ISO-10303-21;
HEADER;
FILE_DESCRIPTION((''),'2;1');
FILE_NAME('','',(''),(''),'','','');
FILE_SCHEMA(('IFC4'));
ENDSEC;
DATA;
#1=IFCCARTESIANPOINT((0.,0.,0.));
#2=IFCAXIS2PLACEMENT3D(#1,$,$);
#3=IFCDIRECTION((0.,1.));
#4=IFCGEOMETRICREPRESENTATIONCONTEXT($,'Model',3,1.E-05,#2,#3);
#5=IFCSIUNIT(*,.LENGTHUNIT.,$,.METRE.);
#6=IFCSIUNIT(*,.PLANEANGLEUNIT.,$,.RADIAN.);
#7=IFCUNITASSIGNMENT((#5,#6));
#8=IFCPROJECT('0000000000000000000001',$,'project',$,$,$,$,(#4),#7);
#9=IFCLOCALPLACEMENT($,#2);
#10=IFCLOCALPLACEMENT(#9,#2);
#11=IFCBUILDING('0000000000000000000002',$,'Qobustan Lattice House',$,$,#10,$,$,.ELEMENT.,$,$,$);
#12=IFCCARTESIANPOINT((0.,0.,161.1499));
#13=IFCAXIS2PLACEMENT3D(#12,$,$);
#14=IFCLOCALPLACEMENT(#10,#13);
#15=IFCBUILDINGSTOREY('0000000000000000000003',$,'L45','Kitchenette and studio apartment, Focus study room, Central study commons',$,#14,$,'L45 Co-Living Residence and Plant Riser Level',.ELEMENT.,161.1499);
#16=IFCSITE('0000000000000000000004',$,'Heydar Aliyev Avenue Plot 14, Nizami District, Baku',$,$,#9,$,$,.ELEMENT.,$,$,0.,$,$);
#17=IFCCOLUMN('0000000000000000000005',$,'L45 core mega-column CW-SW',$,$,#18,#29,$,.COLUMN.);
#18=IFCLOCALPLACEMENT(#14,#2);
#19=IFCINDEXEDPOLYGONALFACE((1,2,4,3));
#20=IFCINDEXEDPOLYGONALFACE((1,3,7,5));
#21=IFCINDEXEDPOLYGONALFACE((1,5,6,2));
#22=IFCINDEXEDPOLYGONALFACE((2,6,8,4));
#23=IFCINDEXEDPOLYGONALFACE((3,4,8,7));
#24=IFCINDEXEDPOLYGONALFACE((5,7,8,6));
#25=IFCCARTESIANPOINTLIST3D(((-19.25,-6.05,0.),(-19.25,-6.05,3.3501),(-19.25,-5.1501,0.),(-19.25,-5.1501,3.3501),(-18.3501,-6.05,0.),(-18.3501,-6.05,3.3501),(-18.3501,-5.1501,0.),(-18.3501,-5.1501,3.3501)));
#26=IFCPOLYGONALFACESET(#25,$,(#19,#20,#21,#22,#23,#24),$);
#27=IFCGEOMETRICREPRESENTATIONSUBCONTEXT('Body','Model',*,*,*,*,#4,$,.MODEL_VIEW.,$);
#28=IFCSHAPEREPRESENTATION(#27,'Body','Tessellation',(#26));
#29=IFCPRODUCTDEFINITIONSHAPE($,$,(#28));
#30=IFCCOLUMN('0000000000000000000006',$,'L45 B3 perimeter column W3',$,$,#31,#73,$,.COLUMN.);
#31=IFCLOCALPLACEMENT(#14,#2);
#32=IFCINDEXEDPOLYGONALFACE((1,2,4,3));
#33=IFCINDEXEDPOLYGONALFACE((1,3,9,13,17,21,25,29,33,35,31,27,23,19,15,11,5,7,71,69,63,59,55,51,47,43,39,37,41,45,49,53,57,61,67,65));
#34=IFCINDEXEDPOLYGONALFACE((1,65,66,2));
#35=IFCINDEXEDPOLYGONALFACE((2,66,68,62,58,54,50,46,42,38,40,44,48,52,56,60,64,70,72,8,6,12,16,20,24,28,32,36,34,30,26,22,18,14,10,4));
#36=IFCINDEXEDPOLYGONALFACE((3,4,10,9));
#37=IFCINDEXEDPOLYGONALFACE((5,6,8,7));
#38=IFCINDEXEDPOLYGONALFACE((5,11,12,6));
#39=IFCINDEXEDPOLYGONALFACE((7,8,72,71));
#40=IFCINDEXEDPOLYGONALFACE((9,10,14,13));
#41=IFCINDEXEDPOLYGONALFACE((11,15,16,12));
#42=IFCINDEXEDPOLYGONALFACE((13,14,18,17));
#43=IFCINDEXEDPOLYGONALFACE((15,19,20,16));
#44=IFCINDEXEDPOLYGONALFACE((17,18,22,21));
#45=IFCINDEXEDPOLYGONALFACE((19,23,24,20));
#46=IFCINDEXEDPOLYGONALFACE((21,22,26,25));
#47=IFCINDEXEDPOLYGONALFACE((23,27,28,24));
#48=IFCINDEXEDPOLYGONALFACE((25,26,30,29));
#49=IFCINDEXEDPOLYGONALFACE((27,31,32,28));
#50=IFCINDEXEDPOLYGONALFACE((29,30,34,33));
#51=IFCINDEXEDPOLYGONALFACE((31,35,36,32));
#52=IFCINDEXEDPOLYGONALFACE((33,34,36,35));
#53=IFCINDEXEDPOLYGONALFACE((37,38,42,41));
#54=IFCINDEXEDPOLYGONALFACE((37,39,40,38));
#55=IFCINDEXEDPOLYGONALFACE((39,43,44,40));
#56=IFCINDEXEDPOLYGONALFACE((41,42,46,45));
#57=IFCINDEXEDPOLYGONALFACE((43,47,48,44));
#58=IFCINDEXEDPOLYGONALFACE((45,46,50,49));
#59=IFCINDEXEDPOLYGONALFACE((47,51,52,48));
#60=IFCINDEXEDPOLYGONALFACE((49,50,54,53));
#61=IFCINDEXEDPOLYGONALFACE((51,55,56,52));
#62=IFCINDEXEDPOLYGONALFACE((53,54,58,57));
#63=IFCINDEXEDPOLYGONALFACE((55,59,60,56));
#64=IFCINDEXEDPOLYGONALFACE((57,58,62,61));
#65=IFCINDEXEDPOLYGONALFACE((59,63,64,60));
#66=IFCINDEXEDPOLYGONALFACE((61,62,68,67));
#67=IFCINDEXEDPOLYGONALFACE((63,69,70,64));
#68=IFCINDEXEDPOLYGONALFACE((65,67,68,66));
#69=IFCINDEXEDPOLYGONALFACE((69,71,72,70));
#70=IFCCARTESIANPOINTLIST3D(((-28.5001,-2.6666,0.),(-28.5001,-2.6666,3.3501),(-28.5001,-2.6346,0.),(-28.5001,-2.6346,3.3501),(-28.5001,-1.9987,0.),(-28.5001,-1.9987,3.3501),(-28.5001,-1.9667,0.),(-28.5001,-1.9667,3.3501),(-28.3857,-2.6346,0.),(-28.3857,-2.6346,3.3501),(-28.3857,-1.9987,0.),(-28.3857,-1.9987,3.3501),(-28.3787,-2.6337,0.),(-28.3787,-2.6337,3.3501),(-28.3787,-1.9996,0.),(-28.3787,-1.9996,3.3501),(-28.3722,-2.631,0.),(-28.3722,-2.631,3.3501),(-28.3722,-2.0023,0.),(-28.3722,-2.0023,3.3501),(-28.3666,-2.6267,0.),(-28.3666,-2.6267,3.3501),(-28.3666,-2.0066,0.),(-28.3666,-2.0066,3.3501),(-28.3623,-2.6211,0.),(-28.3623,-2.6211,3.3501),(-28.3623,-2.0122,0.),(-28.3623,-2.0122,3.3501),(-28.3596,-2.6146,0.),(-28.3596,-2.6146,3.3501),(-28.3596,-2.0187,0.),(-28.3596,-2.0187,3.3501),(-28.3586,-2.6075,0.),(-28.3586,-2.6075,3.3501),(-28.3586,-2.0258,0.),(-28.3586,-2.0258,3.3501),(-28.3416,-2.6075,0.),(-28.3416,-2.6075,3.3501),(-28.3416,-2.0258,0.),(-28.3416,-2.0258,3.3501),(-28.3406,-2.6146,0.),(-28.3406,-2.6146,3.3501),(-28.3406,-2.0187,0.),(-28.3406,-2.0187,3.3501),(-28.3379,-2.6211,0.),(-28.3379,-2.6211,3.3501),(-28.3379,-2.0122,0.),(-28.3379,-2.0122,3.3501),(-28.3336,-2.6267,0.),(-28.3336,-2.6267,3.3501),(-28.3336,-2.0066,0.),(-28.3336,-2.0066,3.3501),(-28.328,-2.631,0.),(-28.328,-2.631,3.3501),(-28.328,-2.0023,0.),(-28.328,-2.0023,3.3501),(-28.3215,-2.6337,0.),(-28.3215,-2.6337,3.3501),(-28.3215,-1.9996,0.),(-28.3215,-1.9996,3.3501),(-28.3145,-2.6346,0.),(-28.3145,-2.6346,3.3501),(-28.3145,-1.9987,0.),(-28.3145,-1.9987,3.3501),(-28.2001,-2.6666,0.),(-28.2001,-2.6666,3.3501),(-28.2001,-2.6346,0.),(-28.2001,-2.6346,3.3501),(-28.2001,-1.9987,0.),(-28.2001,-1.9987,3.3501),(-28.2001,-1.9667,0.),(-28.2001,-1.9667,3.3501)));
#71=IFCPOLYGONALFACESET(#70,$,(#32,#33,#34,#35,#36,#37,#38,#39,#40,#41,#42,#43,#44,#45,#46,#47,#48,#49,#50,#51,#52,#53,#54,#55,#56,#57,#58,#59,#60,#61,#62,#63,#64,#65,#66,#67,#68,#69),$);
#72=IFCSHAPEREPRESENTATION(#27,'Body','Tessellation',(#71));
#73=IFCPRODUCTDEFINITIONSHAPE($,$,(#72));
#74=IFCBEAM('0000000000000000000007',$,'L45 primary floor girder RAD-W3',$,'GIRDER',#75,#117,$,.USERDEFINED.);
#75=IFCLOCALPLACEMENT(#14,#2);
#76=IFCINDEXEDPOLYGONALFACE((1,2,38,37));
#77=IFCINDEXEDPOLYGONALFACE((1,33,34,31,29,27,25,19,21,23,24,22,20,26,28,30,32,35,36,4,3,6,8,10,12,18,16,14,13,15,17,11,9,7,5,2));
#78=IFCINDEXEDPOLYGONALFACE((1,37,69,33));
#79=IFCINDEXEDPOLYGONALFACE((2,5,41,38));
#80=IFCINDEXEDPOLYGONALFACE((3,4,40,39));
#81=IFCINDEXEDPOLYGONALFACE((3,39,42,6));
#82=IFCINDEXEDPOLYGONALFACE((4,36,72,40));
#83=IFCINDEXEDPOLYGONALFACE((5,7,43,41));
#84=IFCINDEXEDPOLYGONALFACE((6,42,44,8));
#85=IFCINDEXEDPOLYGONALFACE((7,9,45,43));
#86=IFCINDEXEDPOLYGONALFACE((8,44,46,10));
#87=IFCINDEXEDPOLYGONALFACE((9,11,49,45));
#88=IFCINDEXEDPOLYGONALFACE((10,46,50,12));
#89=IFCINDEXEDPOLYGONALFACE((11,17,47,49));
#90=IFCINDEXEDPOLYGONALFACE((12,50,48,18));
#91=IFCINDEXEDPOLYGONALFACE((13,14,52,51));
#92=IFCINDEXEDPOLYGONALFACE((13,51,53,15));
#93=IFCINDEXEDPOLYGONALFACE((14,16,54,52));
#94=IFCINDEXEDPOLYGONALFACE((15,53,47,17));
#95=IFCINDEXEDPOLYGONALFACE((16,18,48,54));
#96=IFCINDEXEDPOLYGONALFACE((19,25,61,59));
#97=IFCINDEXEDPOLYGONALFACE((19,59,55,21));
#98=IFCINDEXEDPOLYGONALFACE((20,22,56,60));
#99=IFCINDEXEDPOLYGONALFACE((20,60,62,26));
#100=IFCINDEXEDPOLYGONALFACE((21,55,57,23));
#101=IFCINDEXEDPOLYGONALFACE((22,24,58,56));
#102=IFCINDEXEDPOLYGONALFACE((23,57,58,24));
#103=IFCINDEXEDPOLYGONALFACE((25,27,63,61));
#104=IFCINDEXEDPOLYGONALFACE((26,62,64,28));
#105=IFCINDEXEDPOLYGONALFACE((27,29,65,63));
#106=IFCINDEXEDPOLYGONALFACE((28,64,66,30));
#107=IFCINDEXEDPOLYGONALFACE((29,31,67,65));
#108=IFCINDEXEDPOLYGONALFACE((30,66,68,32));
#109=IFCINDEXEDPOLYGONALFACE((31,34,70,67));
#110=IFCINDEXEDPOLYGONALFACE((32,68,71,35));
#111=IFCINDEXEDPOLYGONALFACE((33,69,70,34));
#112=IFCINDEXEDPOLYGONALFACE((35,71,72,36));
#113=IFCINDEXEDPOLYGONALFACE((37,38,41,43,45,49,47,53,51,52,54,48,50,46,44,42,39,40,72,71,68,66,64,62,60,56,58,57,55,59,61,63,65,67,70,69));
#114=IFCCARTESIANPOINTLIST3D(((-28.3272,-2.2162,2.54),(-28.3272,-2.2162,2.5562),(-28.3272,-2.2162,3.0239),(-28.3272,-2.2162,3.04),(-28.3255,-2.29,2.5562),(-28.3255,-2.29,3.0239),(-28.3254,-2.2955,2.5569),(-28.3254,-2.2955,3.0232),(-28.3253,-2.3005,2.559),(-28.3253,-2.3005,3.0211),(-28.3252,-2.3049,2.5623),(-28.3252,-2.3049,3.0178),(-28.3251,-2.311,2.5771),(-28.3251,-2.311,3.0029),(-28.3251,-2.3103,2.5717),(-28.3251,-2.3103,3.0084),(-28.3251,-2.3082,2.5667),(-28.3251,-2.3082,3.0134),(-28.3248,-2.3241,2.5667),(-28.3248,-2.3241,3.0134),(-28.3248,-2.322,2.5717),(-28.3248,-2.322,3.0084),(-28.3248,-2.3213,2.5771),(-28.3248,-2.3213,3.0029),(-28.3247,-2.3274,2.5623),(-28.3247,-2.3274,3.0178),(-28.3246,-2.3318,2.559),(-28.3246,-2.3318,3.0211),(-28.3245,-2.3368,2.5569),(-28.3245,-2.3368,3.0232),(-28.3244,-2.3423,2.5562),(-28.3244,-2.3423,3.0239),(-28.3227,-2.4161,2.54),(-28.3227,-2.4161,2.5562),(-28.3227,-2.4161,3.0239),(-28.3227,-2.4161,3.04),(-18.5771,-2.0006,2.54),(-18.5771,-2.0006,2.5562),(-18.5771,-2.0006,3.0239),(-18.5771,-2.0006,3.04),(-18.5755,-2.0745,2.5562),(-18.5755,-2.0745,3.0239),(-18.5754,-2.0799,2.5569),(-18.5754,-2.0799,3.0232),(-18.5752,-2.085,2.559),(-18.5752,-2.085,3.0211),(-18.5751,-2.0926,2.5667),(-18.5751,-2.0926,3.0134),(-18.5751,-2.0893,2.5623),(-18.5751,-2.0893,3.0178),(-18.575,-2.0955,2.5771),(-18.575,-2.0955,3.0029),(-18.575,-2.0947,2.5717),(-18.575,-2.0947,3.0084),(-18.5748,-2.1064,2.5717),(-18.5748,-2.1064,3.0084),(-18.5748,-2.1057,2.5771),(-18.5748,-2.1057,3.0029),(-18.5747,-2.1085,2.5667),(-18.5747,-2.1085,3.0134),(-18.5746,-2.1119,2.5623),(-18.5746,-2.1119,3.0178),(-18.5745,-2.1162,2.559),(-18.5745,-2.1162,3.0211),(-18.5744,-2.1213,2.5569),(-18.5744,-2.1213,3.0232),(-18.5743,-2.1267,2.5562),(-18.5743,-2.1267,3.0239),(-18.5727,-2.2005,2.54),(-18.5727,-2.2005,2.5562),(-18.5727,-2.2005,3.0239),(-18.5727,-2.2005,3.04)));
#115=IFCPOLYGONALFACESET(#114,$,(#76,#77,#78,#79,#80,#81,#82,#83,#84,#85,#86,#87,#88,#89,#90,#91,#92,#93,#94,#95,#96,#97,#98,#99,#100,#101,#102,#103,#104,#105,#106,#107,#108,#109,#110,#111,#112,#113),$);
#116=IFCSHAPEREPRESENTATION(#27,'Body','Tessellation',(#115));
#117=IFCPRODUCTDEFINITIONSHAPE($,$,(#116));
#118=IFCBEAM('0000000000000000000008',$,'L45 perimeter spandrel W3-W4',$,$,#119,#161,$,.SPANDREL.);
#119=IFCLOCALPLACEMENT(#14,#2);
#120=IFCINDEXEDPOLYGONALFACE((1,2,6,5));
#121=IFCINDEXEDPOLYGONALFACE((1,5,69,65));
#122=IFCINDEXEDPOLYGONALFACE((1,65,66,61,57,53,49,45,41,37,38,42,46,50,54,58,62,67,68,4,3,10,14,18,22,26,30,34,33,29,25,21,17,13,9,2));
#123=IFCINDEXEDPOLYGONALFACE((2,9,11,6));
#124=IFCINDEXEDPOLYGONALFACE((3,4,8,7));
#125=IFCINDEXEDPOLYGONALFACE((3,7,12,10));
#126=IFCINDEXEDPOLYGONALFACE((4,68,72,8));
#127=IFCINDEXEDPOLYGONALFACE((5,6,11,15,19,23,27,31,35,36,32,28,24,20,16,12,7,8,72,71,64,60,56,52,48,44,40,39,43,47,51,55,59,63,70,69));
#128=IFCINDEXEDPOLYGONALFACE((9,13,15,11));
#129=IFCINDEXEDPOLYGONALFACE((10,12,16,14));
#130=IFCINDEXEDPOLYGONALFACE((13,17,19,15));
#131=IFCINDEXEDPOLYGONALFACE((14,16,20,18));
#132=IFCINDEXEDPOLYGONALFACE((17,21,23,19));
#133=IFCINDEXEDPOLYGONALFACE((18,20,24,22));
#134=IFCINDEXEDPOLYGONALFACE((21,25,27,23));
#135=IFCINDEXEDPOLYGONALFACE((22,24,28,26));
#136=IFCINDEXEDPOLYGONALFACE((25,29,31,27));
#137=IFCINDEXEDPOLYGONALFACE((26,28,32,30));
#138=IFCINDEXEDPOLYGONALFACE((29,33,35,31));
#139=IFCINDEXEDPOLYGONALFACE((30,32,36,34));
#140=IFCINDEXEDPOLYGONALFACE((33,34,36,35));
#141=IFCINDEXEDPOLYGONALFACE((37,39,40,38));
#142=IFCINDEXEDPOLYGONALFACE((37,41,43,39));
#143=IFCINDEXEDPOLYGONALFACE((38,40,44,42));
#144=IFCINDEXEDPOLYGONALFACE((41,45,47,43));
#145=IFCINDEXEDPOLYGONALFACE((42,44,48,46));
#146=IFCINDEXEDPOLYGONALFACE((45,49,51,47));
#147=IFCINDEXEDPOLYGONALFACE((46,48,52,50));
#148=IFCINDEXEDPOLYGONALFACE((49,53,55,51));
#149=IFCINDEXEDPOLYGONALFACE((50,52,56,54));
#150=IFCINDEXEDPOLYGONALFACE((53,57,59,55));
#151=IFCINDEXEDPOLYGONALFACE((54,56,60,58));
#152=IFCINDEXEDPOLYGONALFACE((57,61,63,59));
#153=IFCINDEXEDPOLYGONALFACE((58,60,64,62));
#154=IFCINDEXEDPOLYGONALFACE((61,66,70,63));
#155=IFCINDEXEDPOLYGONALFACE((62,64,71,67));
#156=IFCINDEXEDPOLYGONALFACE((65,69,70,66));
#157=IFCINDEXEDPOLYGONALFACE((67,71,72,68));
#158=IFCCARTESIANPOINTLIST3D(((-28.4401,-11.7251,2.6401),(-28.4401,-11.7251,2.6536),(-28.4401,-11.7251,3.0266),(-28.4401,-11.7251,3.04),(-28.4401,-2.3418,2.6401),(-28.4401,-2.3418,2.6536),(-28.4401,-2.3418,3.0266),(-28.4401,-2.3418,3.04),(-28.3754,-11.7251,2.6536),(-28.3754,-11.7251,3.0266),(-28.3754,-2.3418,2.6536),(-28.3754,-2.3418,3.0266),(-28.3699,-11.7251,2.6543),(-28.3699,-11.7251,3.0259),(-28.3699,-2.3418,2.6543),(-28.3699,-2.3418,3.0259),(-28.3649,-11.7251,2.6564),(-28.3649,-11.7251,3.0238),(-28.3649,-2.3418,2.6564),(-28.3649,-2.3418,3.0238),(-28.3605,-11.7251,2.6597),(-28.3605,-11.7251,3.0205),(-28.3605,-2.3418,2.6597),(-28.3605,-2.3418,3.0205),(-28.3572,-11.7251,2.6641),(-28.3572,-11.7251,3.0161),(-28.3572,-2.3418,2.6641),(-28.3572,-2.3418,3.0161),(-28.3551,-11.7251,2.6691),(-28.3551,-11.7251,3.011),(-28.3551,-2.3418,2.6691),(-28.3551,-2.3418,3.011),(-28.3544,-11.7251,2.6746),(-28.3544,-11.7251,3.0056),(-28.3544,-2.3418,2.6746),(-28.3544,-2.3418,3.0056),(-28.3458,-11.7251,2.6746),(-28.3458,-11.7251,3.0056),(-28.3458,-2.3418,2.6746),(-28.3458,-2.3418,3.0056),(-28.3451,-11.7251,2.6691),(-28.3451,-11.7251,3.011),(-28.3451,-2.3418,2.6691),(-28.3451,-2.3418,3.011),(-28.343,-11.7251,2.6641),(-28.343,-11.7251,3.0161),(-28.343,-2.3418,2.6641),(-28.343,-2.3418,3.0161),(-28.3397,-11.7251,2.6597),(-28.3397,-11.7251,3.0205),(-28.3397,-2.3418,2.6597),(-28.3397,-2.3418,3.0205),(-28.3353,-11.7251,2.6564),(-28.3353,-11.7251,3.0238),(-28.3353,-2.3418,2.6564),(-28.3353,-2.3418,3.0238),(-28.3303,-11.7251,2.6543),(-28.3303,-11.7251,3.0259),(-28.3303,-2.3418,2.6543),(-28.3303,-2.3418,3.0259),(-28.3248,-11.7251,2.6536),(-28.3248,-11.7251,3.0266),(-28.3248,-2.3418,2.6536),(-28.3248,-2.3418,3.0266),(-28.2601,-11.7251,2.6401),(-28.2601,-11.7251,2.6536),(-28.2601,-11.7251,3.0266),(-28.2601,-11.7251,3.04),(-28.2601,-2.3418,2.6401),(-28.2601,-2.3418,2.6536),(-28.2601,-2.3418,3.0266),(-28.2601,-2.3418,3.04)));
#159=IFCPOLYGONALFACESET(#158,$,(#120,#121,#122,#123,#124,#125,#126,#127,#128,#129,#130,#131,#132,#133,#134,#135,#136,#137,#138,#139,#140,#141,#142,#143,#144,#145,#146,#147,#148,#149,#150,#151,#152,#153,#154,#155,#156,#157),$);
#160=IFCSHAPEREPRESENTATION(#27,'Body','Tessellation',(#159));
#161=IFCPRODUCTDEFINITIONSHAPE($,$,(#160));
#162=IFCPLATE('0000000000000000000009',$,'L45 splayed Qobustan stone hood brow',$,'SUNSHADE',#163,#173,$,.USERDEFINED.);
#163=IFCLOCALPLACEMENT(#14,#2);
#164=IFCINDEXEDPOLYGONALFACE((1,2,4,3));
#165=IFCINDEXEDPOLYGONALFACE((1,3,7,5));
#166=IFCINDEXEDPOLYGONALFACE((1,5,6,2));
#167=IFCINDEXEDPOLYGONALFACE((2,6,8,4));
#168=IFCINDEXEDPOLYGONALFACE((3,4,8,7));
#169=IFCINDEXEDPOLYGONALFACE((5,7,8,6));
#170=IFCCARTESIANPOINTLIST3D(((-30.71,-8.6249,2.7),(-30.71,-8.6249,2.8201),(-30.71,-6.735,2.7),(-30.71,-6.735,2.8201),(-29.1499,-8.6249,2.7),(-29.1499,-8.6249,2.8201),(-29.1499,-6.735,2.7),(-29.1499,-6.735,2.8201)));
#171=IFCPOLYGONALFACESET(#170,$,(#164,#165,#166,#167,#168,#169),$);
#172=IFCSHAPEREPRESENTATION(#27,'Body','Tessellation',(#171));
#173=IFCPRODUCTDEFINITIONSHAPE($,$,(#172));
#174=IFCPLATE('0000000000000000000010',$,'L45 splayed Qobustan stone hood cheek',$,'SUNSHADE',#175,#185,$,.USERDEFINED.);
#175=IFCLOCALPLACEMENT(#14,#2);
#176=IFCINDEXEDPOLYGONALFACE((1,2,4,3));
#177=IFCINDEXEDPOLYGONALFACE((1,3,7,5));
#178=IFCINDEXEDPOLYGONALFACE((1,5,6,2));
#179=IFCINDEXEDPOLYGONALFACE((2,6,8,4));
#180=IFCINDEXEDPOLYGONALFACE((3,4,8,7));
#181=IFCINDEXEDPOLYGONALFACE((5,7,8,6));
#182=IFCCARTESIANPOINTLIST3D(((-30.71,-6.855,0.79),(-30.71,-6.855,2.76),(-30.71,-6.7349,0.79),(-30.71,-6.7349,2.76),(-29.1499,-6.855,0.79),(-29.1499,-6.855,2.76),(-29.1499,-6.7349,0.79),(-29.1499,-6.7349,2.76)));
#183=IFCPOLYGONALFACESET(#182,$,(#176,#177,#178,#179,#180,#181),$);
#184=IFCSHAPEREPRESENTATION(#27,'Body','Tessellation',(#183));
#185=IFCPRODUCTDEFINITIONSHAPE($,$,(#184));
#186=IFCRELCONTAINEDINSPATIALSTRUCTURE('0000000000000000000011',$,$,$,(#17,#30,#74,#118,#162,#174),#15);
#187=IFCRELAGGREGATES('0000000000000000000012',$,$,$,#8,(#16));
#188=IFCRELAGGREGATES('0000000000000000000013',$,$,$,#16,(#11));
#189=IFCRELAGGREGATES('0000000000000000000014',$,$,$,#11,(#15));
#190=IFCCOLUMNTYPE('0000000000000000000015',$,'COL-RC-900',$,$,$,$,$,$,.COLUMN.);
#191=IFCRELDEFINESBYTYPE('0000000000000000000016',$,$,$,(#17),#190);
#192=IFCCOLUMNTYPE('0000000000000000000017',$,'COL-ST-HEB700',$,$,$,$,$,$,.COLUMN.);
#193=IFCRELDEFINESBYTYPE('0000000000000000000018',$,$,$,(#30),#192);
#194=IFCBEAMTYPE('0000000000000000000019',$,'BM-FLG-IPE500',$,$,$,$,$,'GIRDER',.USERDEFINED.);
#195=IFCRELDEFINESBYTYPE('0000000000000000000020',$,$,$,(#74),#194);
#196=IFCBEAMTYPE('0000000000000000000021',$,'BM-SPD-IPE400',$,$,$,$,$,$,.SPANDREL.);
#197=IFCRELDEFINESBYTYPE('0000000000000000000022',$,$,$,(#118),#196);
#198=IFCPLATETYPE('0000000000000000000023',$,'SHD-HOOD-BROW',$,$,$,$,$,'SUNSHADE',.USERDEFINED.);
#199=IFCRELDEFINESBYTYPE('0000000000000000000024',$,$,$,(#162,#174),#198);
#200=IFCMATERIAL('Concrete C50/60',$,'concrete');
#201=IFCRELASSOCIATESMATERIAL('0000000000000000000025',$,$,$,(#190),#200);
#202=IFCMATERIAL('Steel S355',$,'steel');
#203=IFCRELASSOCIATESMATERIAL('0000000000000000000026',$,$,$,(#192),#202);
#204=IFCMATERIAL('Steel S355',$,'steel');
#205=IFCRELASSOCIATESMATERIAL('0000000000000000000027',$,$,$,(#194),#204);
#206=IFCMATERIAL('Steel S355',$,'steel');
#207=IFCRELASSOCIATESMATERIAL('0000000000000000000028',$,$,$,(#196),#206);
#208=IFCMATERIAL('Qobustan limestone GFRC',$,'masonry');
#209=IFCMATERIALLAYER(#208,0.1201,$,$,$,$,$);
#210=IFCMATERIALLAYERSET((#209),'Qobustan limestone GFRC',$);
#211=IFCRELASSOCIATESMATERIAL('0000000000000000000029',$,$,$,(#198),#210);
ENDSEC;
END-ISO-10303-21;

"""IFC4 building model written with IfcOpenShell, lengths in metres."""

from ifc_helpers import new_model, si_unit, direction, frame, origin, origin_2d, place, context, subcontext, project, spatial, rectangle, i_section, extrude, material, layer, layer_set, material_profile, profile_set, type_object, element, save


model = new_model("IFC4")

# Units and contexts
model_context = context("Model", 3, precision=1e-05, world=origin(), true_north=direction((0.0, 1.0)))
body_context = subcontext(model_context, "Body", "Model", "MODEL_VIEW")
ifc_project = project(units=[si_unit("LENGTHUNIT", "METRE"), si_unit("PLANEANGLEUNIT", "RADIAN")], contexts=[model_context])

# Site, building, storey
site_placement = place(None, origin())
site = spatial("IfcSite", under=ifc_project, at=site_placement, Name="Heydar Aliyev Avenue Plot 14, Nizami District, Baku", CompositionType="ELEMENT", RefElevation=0.0)
building_placement = place(site_placement, origin())
building = spatial("IfcBuilding", under=site, at=building_placement, Name="Qobustan Lattice House", CompositionType="ELEMENT")
storey_placement = place(building_placement, frame((0.0, 0.0, 161.1499)))
storey = spatial("IfcBuildingStorey", under=building, at=storey_placement, Name="L45", Description="Kitchenette and studio apartment, Focus study room, Central study commons", LongName="L45 Co-Living Residence and Plant Riser Level", CompositionType="ELEMENT", Elevation=161.1499)

# Columns
ifc_material_1 = material(Name="Concrete C50/60", Category="concrete")
ifc_material_profile_1 = material_profile(ifc_material_1, rectangle(XDim=0.8999, YDim=0.8999, at=origin_2d()), Name="RC900x900")
ifc_profile_set_1 = profile_set([ifc_material_profile_1], Name="Concrete C50/60")
column_type_1 = type_object("IfcColumnType", Name="COL-RC-900", PredefinedType="COLUMN", material=ifc_profile_set_1)
column_1_placement = place(storey_placement, frame((-18.8, -5.6001, 0.0), z_axis=(0.0, 0.0, 1.0), x_axis=(1.0, 0.0, 0.0)))
element("IfcColumn", 1, at=column_1_placement, inside=storey, type_object=column_type_1, Name="L45 core mega-column CW-SW", PredefinedType="COLUMN", context=body_context, shape_type="SweptSolid", body=[
    extrude(rectangle(XDim=0.8999, YDim=0.8999, at=origin_2d()), origin(), (0.0, 0.0, 1.0), 3.3501),
])
ifc_material_2 = material(Name="Steel S355", Category="steel")
ifc_material_profile_2 = material_profile(ifc_material_2, i_section(OverallWidth=0.3, OverallDepth=0.7, WebThickness=0.0171, FlangeThickness=0.032, FilletRadius=0.0271, at=origin_2d()), Name="HEB700")
ifc_profile_set_2 = profile_set([ifc_material_profile_2], Name="Steel S355")
column_type_2 = type_object("IfcColumnType", Name="COL-ST-HEB700", PredefinedType="COLUMN", material=ifc_profile_set_2)
column_2_placement = place(storey_placement, frame((-28.3501, -2.3167, 0.0), z_axis=(0.0, 0.0, 1.0), x_axis=(1.0, 0.0, 0.0)))
element("IfcColumn", 2, at=column_2_placement, inside=storey, type_object=column_type_2, Name="L45 B3 perimeter column W3", PredefinedType="COLUMN", context=body_context, shape_type="SweptSolid", body=[
    extrude(i_section(OverallWidth=0.3, OverallDepth=0.7, WebThickness=0.0171, FlangeThickness=0.032, FilletRadius=0.0271, at=origin_2d()), origin(), (0.0, 0.0, 1.0), 3.3501),
])

# Beams
ifc_material_3 = material(Name="Steel S355", Category="steel")
ifc_material_profile_3 = material_profile(ifc_material_3, i_section(OverallWidth=0.2, OverallDepth=0.5, WebThickness=0.0103, FlangeThickness=0.0161, FilletRadius=0.021, at=origin_2d()), Name="IPE500")
ifc_profile_set_3 = profile_set([ifc_material_profile_3], Name="Steel S355")
beam_type_1 = type_object("IfcBeamType", Name="BM-FLG-IPE500", ElementType="GIRDER", PredefinedType="USERDEFINED", material=ifc_profile_set_3)
beam_1_placement = place(storey_placement, frame((-28.325, -2.3162, 2.79), z_axis=(0.999756, 0.022105, 0.0), x_axis=(-0.022105, 0.999756, 0.0)))
element("IfcBeam", 3, at=beam_1_placement, inside=storey, type_object=beam_type_1, Name="L45 primary floor girder RAD-W3", ObjectType="GIRDER", PredefinedType="USERDEFINED", context=body_context, shape_type="SweptSolid", body=[
    extrude(i_section(OverallWidth=0.2, OverallDepth=0.5, WebThickness=0.0103, FlangeThickness=0.0161, FilletRadius=0.021, at=origin_2d()), origin(), (0.0, 0.0, 1.0), 9.7524),
])
ifc_material_4 = material(Name="Steel S355", Category="steel")
ifc_material_profile_4 = material_profile(ifc_material_4, i_section(OverallWidth=0.1799, OverallDepth=0.3999, WebThickness=0.0085, FlangeThickness=0.0134, FilletRadius=0.021, at=origin_2d()), Name="IPE400")
ifc_profile_set_4 = profile_set([ifc_material_profile_4], Name="Steel S355")
beam_type_2 = type_object("IfcBeamType", Name="BM-SPD-IPE400", PredefinedType="SPANDREL", material=ifc_profile_set_4)
beam_2_placement = place(storey_placement, frame((-28.3501, -2.3418, 2.8401), z_axis=(0.0, -1.0, 0.0), x_axis=(1.0, 0.0, 0.0)))
element("IfcBeam", 4, at=beam_2_placement, inside=storey, type_object=beam_type_2, Name="L45 perimeter spandrel W3-W4", PredefinedType="SPANDREL", context=body_context, shape_type="SweptSolid", body=[
    extrude(i_section(OverallWidth=0.1799, OverallDepth=0.3999, WebThickness=0.0085, FlangeThickness=0.0134, FilletRadius=0.021, at=origin_2d()), origin(), (0.0, 0.0, 1.0), 9.3833),
])

# Plates
ifc_material_5 = material(Name="Qobustan limestone GFRC", Category="masonry")
ifc_layer_1 = layer(ifc_material_5, 0.1201)
ifc_layer_set_1 = layer_set([ifc_layer_1], Name="Qobustan limestone GFRC")
plate_type = type_object("IfcPlateType", Name="SHD-HOOD-BROW", ElementType="SUNSHADE", PredefinedType="USERDEFINED", material=ifc_layer_set_1)
plate_1_placement = place(storey_placement, frame((-29.9299, -7.6799, 2.7), z_axis=(0.0, 0.0, 1.0), x_axis=(0.0, 1.0, 0.0)))
element("IfcPlate", 5, at=plate_1_placement, inside=storey, type_object=plate_type, Name="L45 splayed Qobustan stone hood brow", ObjectType="SUNSHADE", PredefinedType="USERDEFINED", context=body_context, shape_type="SweptSolid", body=[
    extrude(rectangle(XDim=1.8899, YDim=1.5601, at=origin_2d()), origin(), (0.0, 0.0, 1.0), 0.1201),
])
plate_2_placement = place(storey_placement, frame((-29.9299, -6.7949, 0.79), z_axis=(0.0, 0.0, 1.0), x_axis=(0.0, 1.0, 0.0)))
element("IfcPlate", 6, at=plate_2_placement, inside=storey, type_object=plate_type, Name="L45 splayed Qobustan stone hood cheek", ObjectType="SUNSHADE", PredefinedType="USERDEFINED", context=body_context, shape_type="SweptSolid", body=[
    extrude(rectangle(XDim=0.1201, YDim=1.5601, at=origin_2d()), origin(), (0.0, 0.0, 1.0), 1.97),
])

save(model, "model.ifc")
